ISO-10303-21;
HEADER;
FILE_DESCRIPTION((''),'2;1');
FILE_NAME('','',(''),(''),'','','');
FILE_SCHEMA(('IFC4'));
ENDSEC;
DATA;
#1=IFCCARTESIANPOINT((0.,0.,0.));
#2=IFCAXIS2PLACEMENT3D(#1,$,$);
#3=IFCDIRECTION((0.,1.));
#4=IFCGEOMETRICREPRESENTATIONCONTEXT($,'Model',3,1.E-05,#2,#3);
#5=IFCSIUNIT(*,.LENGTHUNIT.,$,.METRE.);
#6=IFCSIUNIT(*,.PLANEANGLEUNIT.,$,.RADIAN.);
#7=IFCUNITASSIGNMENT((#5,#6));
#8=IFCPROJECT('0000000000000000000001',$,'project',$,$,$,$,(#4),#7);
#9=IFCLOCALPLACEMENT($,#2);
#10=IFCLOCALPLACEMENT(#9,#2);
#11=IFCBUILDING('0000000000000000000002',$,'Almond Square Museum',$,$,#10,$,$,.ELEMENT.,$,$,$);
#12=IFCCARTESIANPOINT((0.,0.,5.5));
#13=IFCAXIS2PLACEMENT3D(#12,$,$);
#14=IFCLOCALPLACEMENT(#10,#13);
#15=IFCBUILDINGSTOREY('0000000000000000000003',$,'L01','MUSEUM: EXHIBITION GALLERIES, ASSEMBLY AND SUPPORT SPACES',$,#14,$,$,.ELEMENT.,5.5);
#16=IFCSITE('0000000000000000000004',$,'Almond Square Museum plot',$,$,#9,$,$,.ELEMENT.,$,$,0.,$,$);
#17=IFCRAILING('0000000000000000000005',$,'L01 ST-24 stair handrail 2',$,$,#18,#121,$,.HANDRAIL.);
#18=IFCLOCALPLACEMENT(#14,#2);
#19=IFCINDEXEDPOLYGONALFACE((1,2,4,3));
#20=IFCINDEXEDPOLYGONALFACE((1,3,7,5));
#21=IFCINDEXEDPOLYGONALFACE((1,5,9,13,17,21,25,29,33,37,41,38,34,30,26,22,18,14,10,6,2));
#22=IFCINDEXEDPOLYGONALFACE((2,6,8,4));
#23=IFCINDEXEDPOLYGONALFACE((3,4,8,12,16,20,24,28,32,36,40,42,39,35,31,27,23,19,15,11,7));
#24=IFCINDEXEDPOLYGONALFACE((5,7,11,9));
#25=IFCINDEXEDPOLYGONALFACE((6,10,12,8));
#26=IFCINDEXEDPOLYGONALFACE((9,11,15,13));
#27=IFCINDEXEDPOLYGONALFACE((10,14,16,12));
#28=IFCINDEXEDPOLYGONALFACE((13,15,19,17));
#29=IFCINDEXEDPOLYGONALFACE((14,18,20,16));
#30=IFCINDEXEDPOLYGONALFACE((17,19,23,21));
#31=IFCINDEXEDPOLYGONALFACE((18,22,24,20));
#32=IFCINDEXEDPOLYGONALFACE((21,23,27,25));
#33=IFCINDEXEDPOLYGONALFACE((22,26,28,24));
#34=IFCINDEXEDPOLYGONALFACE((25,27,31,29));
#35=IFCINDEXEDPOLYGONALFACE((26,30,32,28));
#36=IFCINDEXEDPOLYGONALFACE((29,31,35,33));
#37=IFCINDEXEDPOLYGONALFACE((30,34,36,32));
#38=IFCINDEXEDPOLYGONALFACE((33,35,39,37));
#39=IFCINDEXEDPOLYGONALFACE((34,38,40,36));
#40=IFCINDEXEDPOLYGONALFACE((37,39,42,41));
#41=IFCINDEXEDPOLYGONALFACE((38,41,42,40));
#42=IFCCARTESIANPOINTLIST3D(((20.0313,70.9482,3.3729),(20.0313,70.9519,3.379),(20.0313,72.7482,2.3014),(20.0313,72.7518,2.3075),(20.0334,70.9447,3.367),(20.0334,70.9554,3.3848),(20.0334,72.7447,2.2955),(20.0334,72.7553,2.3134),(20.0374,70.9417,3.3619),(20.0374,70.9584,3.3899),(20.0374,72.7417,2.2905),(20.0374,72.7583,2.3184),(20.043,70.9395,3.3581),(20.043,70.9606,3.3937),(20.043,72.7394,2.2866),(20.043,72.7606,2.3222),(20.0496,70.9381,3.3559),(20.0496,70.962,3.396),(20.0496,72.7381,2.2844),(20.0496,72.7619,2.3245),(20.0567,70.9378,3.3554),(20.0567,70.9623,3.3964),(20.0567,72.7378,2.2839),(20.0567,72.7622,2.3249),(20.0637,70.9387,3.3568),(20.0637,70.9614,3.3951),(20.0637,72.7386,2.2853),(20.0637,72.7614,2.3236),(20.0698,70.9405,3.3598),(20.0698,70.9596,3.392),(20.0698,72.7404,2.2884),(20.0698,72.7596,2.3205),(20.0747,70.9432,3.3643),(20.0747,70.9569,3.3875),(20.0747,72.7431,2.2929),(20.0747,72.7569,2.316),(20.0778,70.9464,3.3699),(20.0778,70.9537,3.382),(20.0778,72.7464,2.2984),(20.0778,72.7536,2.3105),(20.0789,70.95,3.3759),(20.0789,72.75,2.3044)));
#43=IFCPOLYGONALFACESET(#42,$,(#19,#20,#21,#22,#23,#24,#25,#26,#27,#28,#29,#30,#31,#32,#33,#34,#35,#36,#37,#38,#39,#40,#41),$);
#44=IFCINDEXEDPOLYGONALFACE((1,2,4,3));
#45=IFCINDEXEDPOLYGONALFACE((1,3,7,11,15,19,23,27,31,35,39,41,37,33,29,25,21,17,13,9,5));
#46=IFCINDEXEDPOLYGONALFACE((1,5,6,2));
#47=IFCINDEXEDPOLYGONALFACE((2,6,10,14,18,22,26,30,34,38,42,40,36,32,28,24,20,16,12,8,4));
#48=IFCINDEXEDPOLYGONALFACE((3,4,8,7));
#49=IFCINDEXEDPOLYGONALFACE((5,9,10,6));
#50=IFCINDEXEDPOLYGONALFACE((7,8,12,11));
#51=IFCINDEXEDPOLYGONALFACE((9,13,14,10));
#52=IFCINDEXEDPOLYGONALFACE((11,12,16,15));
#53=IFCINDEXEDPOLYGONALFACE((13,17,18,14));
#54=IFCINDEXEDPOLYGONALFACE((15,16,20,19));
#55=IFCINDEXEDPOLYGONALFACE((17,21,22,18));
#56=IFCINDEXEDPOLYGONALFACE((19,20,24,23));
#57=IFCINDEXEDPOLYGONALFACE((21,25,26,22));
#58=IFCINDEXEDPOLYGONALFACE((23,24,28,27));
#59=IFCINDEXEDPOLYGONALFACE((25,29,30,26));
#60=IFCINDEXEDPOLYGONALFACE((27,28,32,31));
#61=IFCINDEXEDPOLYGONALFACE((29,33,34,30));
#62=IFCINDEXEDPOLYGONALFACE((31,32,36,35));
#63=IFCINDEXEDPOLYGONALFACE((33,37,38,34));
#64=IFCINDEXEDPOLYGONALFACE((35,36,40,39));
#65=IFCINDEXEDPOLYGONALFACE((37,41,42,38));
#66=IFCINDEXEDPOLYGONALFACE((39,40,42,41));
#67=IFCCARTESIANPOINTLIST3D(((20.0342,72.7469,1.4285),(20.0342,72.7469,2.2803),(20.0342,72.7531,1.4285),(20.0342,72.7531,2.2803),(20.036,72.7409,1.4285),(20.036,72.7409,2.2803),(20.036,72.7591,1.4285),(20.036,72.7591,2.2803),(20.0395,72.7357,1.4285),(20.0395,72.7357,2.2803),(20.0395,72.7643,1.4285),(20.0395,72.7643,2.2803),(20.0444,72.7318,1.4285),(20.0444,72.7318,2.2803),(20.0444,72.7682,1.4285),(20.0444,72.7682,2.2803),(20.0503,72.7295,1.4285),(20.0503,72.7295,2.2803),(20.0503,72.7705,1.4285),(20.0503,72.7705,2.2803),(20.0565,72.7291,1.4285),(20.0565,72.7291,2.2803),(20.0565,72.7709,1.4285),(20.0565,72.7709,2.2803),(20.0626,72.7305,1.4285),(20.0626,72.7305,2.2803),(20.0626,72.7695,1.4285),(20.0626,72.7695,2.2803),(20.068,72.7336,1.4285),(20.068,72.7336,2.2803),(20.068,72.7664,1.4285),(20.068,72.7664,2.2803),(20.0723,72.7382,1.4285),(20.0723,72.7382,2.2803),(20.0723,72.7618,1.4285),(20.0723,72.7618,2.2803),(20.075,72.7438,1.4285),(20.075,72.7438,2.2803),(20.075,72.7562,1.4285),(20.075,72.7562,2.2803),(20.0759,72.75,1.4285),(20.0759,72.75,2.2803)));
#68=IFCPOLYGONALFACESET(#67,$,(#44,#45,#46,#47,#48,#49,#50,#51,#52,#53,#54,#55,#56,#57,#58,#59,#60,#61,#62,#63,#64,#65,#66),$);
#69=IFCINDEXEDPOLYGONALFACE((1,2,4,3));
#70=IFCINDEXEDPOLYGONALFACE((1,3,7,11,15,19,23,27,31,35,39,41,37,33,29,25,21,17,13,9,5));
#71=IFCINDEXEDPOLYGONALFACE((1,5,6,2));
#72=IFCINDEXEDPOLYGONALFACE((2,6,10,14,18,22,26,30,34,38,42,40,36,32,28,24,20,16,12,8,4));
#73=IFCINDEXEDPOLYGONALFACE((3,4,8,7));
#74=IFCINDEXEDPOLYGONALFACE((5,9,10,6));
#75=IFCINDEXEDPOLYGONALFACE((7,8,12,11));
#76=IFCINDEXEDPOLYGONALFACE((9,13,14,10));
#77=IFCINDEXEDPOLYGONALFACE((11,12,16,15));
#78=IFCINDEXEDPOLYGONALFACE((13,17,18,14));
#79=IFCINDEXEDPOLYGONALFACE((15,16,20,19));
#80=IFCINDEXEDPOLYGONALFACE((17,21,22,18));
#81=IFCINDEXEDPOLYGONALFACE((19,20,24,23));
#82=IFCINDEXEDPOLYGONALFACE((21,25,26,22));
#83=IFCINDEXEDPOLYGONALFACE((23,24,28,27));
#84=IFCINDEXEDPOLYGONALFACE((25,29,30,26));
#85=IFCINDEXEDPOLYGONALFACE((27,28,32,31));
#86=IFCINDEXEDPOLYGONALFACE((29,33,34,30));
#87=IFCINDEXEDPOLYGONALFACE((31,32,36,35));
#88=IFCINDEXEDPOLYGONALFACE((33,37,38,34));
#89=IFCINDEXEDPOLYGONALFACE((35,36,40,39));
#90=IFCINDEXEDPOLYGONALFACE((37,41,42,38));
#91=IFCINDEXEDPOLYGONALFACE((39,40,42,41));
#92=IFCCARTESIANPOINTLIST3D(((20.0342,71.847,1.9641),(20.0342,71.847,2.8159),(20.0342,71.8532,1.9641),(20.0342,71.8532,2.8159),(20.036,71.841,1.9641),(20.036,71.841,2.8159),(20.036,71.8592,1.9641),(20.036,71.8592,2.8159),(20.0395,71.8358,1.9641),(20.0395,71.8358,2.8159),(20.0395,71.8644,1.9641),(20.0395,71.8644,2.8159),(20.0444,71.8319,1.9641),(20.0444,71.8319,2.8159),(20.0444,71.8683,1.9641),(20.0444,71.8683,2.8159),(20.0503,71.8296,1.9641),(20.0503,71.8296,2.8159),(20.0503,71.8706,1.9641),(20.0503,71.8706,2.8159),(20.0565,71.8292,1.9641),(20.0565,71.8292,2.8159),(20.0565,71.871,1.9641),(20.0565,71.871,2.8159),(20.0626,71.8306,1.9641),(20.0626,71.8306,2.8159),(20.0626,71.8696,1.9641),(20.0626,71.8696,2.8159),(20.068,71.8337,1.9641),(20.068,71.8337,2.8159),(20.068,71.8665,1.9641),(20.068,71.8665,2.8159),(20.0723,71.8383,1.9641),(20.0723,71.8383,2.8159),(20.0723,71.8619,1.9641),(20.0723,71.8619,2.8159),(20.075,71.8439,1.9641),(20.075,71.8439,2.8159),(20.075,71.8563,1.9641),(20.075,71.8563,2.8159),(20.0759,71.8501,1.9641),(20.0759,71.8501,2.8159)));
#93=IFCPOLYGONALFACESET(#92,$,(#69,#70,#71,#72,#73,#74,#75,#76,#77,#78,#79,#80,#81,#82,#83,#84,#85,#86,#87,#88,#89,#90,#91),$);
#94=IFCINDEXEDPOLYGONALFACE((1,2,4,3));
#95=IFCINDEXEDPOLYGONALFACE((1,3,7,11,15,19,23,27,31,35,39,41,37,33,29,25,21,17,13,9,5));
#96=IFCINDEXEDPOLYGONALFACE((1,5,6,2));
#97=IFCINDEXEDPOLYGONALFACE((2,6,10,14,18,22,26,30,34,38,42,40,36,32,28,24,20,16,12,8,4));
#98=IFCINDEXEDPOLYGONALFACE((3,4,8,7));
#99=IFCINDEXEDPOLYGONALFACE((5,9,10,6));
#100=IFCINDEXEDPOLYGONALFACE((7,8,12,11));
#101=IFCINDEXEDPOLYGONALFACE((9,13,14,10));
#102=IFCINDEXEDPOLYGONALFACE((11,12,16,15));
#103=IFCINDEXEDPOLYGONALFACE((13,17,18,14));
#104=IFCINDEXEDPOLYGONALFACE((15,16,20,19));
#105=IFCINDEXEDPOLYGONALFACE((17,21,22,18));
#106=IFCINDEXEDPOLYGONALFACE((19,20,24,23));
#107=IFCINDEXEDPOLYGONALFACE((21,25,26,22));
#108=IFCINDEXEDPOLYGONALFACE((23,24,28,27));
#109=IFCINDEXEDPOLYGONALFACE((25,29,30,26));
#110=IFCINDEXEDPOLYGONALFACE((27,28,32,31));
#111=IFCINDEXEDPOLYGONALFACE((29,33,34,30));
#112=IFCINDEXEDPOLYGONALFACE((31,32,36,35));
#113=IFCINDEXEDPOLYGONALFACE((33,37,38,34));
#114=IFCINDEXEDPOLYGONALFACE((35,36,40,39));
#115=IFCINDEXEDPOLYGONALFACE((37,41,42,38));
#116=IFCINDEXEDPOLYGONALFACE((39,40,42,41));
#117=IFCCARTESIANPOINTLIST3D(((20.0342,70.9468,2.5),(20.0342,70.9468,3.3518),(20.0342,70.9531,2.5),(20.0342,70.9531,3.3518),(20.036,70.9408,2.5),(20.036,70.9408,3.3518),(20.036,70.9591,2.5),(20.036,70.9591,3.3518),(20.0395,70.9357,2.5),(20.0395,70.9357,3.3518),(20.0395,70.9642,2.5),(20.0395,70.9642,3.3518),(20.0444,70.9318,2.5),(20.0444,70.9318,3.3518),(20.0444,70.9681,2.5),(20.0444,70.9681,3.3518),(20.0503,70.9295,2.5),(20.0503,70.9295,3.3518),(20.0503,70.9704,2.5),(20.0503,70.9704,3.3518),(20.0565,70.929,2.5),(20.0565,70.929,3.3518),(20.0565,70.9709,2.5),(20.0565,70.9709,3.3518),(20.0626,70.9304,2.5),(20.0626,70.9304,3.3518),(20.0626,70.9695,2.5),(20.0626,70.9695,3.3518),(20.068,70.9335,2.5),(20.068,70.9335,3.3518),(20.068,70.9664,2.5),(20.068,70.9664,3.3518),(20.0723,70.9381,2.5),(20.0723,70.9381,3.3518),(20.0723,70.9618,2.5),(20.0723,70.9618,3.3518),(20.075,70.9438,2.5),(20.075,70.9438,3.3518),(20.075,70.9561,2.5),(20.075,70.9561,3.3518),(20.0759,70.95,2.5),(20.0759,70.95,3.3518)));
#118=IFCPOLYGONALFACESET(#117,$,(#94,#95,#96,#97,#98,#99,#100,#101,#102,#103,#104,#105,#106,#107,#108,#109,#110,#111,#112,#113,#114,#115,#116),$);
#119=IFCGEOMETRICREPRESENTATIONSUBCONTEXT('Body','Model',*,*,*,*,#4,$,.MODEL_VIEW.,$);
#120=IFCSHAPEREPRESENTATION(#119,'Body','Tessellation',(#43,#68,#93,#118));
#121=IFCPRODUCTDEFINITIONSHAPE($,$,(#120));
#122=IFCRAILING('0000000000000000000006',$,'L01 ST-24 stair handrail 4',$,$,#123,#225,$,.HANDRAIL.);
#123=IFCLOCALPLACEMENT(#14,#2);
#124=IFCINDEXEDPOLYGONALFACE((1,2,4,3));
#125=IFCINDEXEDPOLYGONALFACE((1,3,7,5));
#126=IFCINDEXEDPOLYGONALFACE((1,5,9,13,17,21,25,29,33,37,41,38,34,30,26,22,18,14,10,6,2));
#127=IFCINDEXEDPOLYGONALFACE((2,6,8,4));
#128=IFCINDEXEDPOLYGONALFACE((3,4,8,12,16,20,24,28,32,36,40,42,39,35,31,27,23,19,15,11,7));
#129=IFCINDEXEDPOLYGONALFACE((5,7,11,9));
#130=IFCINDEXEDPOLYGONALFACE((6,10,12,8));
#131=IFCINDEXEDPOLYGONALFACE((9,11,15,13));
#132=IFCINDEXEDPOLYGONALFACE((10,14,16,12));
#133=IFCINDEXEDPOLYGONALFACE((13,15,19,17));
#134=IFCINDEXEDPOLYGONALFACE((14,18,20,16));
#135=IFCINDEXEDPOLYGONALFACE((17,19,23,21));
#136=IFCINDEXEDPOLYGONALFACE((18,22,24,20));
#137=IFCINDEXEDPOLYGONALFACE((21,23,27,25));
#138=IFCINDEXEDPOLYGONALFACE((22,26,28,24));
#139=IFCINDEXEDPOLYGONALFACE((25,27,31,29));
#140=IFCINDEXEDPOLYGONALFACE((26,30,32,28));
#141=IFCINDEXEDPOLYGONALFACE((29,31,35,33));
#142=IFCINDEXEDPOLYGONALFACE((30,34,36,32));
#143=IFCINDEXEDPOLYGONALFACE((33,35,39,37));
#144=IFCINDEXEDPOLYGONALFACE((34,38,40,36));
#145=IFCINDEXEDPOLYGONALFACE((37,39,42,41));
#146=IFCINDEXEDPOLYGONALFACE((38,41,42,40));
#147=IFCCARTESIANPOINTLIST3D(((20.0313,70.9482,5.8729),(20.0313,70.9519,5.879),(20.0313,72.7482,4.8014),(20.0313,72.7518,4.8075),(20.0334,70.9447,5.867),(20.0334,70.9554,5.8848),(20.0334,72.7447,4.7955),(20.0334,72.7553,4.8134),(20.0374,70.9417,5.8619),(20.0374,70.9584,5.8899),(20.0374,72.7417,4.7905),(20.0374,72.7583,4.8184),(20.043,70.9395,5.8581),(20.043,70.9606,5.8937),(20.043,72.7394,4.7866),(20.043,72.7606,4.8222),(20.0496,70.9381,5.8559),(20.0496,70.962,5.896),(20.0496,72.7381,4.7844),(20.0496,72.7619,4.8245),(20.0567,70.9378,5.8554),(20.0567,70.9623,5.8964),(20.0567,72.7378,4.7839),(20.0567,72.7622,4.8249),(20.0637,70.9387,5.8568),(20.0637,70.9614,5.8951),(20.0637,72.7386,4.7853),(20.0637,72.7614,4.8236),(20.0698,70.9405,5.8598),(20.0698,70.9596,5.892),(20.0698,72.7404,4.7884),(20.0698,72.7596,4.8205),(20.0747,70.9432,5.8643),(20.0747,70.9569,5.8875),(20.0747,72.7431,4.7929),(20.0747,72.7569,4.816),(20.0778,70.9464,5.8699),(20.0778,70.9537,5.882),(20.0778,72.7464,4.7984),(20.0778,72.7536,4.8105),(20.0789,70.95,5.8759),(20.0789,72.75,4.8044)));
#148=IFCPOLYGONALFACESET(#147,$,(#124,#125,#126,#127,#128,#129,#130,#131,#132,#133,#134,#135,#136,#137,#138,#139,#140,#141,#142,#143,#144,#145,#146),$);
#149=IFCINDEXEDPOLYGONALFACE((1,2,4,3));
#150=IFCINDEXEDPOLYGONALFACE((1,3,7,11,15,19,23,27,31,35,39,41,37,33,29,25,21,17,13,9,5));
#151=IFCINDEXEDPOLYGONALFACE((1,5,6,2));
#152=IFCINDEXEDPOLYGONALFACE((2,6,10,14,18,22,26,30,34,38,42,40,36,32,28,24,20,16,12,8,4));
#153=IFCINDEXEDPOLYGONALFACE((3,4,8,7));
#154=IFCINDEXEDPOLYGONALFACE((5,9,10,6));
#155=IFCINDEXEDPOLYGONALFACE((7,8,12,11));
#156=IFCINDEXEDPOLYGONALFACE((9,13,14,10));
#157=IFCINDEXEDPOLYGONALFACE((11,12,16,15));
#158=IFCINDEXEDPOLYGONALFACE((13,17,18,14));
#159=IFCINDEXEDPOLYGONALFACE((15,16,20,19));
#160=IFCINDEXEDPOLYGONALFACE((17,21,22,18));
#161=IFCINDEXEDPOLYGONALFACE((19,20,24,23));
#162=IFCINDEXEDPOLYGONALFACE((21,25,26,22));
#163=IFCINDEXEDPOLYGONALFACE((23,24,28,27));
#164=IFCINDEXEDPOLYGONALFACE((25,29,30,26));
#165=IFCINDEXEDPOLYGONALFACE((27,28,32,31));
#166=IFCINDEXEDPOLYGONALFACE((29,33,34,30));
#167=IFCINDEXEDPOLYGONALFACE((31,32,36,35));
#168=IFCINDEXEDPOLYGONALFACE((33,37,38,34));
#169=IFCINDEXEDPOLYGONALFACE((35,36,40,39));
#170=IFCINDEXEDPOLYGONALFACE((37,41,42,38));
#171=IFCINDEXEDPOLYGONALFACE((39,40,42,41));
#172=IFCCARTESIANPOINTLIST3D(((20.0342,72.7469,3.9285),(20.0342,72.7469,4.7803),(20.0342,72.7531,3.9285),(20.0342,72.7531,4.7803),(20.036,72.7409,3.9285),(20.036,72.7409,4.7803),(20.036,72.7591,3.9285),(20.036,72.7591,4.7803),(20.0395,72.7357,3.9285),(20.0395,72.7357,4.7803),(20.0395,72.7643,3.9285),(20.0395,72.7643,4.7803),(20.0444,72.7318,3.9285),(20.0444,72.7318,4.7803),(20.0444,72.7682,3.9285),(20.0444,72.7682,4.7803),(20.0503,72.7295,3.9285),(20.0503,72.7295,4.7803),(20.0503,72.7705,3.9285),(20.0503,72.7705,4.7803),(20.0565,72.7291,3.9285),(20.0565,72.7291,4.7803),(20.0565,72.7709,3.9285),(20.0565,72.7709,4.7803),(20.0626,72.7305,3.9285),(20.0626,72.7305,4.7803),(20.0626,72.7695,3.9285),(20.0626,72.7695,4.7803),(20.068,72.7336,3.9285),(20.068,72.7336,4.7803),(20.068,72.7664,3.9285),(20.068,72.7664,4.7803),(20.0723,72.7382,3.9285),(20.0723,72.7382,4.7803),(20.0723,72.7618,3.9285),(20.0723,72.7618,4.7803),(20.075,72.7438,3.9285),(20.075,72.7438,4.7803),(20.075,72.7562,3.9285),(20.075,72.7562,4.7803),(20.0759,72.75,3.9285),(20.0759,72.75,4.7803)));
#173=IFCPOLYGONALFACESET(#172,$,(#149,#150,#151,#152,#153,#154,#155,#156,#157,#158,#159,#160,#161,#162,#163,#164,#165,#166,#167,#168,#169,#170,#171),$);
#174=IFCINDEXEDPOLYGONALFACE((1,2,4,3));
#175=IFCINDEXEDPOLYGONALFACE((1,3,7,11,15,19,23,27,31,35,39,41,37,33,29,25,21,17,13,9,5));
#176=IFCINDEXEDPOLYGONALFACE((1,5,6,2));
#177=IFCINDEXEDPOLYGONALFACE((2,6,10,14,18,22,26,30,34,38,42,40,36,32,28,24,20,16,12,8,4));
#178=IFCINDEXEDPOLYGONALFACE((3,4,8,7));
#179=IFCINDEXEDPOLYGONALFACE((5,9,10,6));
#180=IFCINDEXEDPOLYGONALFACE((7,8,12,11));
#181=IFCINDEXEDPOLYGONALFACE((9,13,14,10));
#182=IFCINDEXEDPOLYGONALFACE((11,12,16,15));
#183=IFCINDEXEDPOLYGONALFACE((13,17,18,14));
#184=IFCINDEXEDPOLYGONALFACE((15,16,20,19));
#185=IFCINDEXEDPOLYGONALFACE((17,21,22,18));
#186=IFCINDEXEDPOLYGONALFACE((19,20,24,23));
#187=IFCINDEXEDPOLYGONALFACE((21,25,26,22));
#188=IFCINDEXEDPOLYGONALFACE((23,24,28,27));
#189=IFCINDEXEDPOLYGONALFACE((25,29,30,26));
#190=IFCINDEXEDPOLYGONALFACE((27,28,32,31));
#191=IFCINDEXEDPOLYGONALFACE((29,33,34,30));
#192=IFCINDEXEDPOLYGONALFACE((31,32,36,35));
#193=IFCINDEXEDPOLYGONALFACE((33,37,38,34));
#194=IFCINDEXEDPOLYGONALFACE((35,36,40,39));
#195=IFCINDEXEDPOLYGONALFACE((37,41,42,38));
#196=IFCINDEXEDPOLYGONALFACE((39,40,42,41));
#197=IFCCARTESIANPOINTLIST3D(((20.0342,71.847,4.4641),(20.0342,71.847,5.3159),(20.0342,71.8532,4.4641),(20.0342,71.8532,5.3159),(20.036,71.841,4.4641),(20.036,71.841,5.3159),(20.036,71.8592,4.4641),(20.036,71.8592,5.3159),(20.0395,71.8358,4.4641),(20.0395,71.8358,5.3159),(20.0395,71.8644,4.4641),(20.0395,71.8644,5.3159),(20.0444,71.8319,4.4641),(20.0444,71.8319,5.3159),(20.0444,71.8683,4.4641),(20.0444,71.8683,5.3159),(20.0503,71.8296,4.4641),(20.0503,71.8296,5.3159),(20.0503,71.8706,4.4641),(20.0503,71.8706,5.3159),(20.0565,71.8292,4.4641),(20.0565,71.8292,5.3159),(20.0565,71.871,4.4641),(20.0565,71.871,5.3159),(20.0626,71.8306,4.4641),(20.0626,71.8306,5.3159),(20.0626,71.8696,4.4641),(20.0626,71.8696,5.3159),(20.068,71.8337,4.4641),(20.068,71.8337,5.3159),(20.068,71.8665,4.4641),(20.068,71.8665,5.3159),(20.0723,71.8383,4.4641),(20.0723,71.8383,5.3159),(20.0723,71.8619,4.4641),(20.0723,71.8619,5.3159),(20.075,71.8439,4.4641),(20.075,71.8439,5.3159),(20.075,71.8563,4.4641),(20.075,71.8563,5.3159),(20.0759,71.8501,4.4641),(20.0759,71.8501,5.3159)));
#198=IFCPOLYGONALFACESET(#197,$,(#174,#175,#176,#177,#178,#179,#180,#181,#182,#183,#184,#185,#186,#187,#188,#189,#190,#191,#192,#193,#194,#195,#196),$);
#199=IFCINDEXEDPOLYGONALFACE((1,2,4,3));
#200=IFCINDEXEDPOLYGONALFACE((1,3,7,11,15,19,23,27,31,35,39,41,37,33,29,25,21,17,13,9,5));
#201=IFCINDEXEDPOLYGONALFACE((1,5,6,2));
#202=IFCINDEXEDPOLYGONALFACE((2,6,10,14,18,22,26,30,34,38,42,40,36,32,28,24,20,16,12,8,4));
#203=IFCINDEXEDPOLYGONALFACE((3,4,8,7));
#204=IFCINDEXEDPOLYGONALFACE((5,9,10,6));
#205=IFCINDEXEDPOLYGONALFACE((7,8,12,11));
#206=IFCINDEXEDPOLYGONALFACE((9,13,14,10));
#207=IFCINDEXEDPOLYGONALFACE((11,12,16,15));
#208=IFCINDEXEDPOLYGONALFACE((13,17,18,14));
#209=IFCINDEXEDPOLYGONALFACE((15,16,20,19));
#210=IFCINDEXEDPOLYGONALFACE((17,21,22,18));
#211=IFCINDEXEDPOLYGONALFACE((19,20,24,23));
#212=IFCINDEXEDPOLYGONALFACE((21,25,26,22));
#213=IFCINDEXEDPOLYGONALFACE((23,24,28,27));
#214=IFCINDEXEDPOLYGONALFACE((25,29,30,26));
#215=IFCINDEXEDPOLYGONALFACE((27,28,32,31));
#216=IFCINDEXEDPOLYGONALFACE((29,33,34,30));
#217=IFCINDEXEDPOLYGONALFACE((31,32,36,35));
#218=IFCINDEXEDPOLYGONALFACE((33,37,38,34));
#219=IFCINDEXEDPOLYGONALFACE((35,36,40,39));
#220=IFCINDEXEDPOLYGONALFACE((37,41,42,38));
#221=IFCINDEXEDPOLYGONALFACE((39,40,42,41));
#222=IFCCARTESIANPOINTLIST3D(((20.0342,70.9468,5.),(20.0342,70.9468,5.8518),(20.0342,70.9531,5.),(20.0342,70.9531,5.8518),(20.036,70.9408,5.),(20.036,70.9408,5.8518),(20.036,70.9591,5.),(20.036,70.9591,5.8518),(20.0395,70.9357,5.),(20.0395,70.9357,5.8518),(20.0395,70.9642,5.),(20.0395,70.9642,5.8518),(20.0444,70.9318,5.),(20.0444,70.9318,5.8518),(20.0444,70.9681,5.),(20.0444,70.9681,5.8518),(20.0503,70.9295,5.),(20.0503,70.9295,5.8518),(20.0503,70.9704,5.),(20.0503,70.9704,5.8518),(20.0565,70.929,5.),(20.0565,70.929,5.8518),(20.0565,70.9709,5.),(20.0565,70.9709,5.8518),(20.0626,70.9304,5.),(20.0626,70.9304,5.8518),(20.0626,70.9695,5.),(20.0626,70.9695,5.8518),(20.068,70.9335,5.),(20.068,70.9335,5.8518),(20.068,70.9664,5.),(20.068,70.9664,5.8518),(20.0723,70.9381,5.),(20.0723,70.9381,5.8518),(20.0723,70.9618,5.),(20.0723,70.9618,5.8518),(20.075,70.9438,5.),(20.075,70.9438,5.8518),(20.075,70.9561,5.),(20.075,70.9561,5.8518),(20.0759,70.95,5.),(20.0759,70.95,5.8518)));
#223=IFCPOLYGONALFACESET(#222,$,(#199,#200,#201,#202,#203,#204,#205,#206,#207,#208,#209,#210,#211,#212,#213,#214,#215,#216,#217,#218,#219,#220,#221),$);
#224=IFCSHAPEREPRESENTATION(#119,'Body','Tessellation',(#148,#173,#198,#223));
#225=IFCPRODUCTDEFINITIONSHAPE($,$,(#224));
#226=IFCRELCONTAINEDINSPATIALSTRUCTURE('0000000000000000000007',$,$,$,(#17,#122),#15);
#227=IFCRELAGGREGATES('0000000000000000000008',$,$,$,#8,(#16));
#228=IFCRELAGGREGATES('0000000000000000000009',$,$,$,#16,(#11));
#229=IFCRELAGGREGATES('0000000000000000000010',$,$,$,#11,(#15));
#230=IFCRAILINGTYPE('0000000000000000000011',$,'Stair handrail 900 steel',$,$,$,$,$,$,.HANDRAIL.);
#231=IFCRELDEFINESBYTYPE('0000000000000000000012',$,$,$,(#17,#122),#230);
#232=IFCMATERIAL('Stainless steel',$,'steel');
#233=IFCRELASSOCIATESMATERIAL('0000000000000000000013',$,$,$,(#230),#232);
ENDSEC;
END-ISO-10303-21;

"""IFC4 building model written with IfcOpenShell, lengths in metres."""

from ifc_helpers import new_model, si_unit, direction, frame, origin, origin_2d, place, context, subcontext, project, spatial, circle, extrude, material, type_object, element, save


model = new_model("IFC4")

# Units and contexts
model_context = context("Model", 3, precision=1e-05, world=origin(), true_north=direction((0.0, 1.0)))
body_context = subcontext(model_context, "Body", "Model", "MODEL_VIEW")
ifc_project = project(units=[si_unit("LENGTHUNIT", "METRE"), si_unit("PLANEANGLEUNIT", "RADIAN")], contexts=[model_context])

# Site, building, storey
site_placement = place(None, origin())
site = spatial("IfcSite", under=ifc_project, at=site_placement, Name="Almond Square Museum plot", CompositionType="ELEMENT", RefElevation=0.0)
building_placement = place(site_placement, origin())
building = spatial("IfcBuilding", under=site, at=building_placement, Name="Almond Square Museum", CompositionType="ELEMENT")
storey_placement = place(building_placement, frame((0.0, 0.0, 5.5)))
storey = spatial("IfcBuildingStorey", under=building, at=storey_placement, Name="L01", Description="MUSEUM: EXHIBITION GALLERIES, ASSEMBLY AND SUPPORT SPACES", CompositionType="ELEMENT", Elevation=5.5)

# Railings
ifc_material_1 = material(Name="Stainless steel", Category="steel")
railing_type_1 = type_object("IfcRailingType", Name="Stair handrail 900 steel", PredefinedType="HANDRAIL", material=ifc_material_1)
for number, where, name in (
    (1, (20.0549, 72.75, 1.4285), "L01 ST-24 stair handrail 2"),
    (2, (20.0549, 72.75, 3.9285), "L01 ST-24 stair handrail 4"),
):
    element("IfcRailing", number, at=place(storey_placement, frame(where)), inside=storey, type_object=railing_type_1, Name=name, PredefinedType="HANDRAIL", context=body_context, shape_type="SweptSolid", body=[
        extrude(circle(Radius=0.0239, at=origin_2d()), frame((0.0, 0.0, 0.876), z_axis=(0.0, -0.859277, 0.51151), x_axis=(1.0, 0.0, 0.0)), (0.0, 0.0, 1.0), 2.0947),
        extrude(circle(Radius=0.021, at=origin_2d()), origin(), (0.0, 0.0, 1.0), 0.8518),
        extrude(circle(Radius=0.021, at=origin_2d()), frame((0.0, -0.8999, 0.5356)), (0.0, 0.0, 1.0), 0.8518),
        extrude(circle(Radius=0.021, at=origin_2d()), frame((0.0, -1.8, 1.0715)), (0.0, 0.0, 1.0), 0.8518),
    ])

save(model, "model.ifc")
